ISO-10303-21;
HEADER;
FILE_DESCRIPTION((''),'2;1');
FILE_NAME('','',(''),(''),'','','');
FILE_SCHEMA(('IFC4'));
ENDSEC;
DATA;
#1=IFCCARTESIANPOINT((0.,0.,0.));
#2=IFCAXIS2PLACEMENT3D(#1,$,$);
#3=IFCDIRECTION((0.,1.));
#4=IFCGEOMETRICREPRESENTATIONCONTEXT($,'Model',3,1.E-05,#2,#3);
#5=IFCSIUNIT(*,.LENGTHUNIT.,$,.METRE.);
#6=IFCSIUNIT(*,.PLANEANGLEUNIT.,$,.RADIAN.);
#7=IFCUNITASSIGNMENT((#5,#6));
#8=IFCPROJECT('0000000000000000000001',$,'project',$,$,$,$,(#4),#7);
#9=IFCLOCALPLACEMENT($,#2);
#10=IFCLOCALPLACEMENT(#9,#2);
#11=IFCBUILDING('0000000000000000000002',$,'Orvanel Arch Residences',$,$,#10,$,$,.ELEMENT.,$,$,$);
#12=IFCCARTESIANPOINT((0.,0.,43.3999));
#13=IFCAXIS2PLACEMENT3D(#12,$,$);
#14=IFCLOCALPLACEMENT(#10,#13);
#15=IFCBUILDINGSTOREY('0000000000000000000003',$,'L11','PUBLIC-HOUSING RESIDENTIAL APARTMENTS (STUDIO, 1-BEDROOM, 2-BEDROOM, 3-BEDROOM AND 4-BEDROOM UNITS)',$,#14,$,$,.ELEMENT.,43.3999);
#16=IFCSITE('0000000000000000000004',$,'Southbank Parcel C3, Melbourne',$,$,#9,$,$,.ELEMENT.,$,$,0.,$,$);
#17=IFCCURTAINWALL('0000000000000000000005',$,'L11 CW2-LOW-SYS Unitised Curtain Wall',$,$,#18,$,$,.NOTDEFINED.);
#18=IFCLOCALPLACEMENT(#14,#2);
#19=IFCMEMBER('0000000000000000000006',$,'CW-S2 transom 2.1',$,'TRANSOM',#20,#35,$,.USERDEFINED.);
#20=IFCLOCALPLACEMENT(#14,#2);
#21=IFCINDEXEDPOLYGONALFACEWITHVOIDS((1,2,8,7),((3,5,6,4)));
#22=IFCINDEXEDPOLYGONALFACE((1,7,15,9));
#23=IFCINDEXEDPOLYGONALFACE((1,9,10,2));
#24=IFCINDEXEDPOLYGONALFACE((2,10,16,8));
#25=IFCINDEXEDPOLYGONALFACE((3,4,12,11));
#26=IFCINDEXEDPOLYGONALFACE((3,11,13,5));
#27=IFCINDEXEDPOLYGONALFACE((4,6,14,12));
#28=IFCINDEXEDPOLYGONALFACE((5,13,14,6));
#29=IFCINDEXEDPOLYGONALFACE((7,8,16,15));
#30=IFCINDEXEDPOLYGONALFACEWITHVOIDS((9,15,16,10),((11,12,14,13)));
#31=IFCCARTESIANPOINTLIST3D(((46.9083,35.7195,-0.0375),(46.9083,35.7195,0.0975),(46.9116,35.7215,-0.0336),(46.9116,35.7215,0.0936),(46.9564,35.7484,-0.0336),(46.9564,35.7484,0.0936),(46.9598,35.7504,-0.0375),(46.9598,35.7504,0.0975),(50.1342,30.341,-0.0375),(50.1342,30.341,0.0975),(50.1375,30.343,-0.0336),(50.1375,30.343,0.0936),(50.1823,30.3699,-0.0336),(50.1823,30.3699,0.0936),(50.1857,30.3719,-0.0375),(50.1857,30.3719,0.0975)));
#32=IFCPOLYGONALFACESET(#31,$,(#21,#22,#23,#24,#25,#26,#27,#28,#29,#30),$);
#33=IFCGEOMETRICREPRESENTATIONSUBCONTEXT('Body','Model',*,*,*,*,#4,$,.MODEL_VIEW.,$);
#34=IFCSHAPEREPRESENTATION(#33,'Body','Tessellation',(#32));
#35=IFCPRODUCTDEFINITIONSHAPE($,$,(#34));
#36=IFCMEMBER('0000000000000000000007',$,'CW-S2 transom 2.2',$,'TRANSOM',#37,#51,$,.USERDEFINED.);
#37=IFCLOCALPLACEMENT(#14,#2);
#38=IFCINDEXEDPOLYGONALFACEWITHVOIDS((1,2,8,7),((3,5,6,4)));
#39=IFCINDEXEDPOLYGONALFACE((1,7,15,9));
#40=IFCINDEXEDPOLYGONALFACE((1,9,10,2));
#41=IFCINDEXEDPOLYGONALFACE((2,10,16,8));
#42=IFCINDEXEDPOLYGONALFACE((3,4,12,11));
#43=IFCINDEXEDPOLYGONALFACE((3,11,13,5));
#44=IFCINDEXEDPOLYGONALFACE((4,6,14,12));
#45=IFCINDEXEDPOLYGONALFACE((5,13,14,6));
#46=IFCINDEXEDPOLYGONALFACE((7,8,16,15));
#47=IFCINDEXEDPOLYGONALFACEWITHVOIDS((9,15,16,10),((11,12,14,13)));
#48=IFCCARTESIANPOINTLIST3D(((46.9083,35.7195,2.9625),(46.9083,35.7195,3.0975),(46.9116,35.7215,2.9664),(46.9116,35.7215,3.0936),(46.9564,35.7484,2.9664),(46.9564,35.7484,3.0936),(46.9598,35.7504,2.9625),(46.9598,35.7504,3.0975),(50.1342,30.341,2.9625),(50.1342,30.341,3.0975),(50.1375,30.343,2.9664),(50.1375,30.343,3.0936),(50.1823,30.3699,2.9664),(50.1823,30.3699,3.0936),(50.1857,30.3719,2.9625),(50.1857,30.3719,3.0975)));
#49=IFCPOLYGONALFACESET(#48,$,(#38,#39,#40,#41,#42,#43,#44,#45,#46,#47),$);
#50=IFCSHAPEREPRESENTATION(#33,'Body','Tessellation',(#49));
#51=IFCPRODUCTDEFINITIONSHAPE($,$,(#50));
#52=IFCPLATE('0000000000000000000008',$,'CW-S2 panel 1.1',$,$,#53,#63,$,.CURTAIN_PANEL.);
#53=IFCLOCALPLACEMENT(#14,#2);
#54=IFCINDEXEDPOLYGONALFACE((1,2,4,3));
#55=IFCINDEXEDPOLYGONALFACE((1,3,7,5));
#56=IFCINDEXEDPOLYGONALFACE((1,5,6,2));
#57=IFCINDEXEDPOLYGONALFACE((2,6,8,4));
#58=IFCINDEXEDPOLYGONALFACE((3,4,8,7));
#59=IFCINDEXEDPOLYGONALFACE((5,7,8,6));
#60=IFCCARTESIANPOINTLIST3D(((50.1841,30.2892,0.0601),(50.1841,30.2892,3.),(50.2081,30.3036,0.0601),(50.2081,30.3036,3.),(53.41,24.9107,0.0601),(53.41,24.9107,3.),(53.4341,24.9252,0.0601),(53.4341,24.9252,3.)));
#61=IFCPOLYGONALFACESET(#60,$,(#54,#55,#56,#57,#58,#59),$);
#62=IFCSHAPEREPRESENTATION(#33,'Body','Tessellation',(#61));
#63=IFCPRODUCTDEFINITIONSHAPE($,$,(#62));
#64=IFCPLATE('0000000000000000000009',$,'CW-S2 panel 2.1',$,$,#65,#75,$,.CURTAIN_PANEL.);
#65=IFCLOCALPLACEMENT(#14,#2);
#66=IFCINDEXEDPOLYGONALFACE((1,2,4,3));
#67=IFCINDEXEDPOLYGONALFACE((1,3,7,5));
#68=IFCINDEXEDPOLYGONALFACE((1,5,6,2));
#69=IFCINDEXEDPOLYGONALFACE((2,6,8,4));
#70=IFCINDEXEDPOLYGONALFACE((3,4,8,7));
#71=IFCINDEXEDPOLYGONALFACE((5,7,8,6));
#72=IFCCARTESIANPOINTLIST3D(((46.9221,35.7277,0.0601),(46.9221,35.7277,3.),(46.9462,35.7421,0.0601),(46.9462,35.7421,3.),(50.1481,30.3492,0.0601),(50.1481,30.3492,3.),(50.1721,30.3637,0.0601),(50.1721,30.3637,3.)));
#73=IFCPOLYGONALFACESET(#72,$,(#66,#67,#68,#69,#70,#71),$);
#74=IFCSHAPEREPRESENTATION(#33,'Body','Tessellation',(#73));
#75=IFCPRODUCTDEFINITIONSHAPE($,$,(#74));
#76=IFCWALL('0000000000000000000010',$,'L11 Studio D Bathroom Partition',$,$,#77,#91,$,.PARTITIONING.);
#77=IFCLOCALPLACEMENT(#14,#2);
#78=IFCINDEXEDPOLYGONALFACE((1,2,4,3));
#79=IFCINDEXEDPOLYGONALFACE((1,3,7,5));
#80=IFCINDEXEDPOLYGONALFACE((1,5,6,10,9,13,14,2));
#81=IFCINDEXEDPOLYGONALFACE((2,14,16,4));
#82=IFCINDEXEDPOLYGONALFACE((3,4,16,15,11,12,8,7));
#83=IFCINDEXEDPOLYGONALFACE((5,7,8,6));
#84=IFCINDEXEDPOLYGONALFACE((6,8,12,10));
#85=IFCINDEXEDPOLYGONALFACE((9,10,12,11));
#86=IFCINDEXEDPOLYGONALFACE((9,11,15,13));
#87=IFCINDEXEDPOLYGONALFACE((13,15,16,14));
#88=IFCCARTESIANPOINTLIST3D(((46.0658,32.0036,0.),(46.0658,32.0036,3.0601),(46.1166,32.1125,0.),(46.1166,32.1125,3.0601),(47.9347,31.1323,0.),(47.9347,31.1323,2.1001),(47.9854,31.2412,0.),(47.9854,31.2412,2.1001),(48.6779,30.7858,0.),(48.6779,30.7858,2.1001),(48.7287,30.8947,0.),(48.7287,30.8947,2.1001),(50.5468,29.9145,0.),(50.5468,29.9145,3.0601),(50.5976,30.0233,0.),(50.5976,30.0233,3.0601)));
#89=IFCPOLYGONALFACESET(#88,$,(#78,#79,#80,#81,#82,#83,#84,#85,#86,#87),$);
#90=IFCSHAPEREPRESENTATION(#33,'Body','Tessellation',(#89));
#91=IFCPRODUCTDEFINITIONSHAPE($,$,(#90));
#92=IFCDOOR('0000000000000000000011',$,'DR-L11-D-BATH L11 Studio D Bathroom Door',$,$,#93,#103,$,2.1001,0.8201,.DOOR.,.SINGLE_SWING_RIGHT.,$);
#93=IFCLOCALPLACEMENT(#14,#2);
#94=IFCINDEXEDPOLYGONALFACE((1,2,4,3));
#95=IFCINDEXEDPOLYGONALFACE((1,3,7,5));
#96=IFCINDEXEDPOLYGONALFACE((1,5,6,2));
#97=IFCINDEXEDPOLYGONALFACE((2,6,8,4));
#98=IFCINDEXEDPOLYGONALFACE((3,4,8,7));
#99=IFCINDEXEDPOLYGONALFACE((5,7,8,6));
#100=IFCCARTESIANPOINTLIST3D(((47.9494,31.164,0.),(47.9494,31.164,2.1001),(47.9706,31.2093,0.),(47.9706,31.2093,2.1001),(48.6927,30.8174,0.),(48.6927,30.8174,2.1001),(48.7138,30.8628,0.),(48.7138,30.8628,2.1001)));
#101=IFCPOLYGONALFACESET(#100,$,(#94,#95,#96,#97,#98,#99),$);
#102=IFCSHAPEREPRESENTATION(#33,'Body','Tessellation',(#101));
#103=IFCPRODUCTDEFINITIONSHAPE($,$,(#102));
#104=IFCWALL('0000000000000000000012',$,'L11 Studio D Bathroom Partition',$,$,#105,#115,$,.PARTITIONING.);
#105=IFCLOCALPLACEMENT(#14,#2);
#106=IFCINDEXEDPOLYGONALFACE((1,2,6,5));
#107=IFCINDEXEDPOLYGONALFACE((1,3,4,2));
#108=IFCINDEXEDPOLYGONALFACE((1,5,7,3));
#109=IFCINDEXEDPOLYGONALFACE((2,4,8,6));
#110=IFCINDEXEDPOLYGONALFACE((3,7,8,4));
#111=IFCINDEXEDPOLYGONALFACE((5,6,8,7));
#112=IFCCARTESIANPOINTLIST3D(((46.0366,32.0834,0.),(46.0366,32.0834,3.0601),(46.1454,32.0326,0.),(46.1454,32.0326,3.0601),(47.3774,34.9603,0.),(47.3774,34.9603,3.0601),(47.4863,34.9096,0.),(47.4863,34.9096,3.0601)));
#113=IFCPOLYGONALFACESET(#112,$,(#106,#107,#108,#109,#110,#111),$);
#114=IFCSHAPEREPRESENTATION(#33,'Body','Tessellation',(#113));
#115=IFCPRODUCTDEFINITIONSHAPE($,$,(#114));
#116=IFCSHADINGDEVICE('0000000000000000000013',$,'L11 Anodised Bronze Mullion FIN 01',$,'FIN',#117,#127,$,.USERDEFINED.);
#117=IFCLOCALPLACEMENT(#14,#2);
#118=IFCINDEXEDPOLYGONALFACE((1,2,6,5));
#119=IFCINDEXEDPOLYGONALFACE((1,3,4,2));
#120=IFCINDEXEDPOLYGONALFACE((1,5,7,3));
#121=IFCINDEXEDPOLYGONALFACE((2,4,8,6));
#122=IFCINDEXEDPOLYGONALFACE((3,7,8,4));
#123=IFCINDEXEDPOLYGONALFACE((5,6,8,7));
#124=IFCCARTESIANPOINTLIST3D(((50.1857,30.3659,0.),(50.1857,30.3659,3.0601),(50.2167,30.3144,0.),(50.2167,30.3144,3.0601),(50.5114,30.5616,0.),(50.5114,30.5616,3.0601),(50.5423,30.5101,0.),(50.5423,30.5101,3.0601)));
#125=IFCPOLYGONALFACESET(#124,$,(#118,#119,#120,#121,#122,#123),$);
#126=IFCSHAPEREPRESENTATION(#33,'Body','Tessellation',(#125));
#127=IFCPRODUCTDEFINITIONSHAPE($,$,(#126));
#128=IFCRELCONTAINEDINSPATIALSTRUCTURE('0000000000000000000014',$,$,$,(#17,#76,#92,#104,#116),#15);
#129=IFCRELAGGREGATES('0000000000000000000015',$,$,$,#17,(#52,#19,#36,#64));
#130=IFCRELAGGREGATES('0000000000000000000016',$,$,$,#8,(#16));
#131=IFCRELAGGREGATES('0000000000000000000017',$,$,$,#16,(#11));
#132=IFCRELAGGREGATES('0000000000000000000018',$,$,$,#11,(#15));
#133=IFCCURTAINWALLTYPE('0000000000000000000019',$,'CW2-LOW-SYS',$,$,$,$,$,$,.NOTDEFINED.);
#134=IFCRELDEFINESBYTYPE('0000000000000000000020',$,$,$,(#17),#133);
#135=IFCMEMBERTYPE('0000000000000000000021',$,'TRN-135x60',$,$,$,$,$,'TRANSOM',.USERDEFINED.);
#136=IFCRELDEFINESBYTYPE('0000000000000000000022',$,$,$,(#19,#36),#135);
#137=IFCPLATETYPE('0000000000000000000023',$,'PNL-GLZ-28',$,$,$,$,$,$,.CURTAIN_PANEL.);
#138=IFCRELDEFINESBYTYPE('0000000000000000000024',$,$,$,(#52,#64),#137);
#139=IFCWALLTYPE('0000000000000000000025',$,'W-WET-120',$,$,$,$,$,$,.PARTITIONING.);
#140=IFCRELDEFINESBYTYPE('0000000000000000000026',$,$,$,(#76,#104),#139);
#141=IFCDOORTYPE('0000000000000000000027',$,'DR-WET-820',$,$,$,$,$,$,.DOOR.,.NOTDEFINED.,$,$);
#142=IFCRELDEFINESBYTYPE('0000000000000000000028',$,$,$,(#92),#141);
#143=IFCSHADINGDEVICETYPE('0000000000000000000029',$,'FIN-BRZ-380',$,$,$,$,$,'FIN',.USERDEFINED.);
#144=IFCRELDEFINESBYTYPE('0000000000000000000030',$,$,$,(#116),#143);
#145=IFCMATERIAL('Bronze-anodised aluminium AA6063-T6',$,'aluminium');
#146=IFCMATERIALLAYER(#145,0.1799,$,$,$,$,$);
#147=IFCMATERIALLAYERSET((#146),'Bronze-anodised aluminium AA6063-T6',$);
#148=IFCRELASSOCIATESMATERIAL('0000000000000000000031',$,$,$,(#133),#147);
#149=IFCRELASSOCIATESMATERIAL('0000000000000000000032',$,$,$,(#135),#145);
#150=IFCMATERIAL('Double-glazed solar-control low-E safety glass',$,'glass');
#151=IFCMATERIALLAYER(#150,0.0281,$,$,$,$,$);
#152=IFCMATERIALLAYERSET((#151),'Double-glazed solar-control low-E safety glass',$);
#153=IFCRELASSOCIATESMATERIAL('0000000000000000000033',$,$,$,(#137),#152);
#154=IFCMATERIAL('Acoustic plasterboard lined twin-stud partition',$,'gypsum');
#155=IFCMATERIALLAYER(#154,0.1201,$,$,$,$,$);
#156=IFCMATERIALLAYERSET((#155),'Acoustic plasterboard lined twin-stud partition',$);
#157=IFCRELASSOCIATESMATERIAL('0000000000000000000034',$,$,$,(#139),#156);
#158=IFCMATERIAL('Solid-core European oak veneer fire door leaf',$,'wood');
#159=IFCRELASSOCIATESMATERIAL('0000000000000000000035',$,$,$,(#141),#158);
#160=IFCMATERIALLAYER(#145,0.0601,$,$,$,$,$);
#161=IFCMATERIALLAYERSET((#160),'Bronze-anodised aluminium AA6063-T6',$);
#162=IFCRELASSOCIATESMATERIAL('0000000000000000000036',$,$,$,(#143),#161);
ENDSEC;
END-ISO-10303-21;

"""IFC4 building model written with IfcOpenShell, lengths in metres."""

from ifc_helpers import new_model, si_unit, direction, frame, frame_2d, origin, origin_2d, place, context, subcontext, project, spatial, rectangle, hollow_rectangle, extrude, material, layer, layer_set, material_profile, profile_set, type_object, element, fill, aggregate, save


model = new_model("IFC4")

# Units and contexts
model_context = context("Model", 3, precision=1e-05, world=origin(), true_north=direction((0.0, 1.0)))
body_context = subcontext(model_context, "Body", "Model", "MODEL_VIEW")
ifc_project = project(units=[si_unit("LENGTHUNIT", "METRE"), si_unit("PLANEANGLEUNIT", "RADIAN")], contexts=[model_context])

# Site, building, storey
site_placement = place(None, origin())
site = spatial("IfcSite", under=ifc_project, at=site_placement, Name="Southbank Parcel C3, Melbourne", CompositionType="ELEMENT", RefElevation=0.0)
building_placement = place(site_placement, origin())
building = spatial("IfcBuilding", under=site, at=building_placement, Name="Orvanel Arch Residences", CompositionType="ELEMENT")
storey_placement = place(building_placement, frame((0.0, 0.0, 43.3999)))
storey = spatial("IfcBuildingStorey", under=building, at=storey_placement, Name="L11", Description="PUBLIC-HOUSING RESIDENTIAL APARTMENTS (STUDIO, 1-BEDROOM, 2-BEDROOM, 3-BEDROOM AND 4-BEDROOM UNITS)", CompositionType="ELEMENT", Elevation=43.3999)

# Shared definitions
ifc_material_1 = material(Name="Bronze-anodised aluminium AA6063-T6", Category="aluminium")
ifc_layer_1 = layer(ifc_material_1, 0.1799)
ifc_layer_set_1 = layer_set([ifc_layer_1], Name="Bronze-anodised aluminium AA6063-T6")
curtain_wall_type = type_object("IfcCurtainWallType", Name="CW2-LOW-SYS", PredefinedType="NOTDEFINED", material=ifc_layer_set_1)

# Curtain wall
curtain_wall_1_placement = place(storey_placement, origin())
curtain_wall_1 = element("IfcCurtainWall", 1, at=curtain_wall_1_placement, inside=storey, type_object=curtain_wall_type, Name="L11 CW2-LOW-SYS Unitised Curtain Wall", PredefinedType="NOTDEFINED")

# Members
ifc_material_profile_1 = material_profile(ifc_material_1, hollow_rectangle(XDim=0.0601, YDim=0.135, WallThickness=0.0039, at=origin_2d()), Name="ALU135x60x4")
ifc_profile_set_1 = profile_set([ifc_material_profile_1], Name="Bronze-anodised aluminium AA6063-T6")
member_type_1 = type_object("IfcMemberType", Name="TRN-135x60", ElementType="TRANSOM", PredefinedType="USERDEFINED", material=ifc_profile_set_1)
member_1_placement = place(storey_placement, frame((50.1599, 30.3564, 0.03), z_axis=(-0.514353, 0.857579, 0.0), x_axis=(-0.857579, -0.514353, 0.0)))
member_1 = element("IfcMember", 2, at=member_1_placement, type_object=member_type_1, Name="CW-S2 transom 2.1", ObjectType="TRANSOM", PredefinedType="USERDEFINED", context=body_context, shape_type="SweptSolid", body=[
    extrude(hollow_rectangle(XDim=0.0601, YDim=0.135, WallThickness=0.0039, at=origin_2d()), origin(), (0.0, 0.0, 1.0), 6.2717),
])
member_2_placement = place(storey_placement, frame((50.1599, 30.3564, 3.03), z_axis=(-0.514353, 0.857579, 0.0), x_axis=(-0.857579, -0.514353, 0.0)))
member_2 = element("IfcMember", 3, at=member_2_placement, type_object=member_type_1, Name="CW-S2 transom 2.2", ObjectType="TRANSOM", PredefinedType="USERDEFINED", context=body_context, shape_type="SweptSolid", body=[
    extrude(hollow_rectangle(XDim=0.0601, YDim=0.135, WallThickness=0.0039, at=origin_2d()), origin(), (0.0, 0.0, 1.0), 6.2717),
])

# Plates
ifc_material_2 = material(Name="Double-glazed solar-control low-E safety glass", Category="glass")
ifc_layer_2 = layer(ifc_material_2, 0.0281)
ifc_layer_set_2 = layer_set([ifc_layer_2], Name="Double-glazed solar-control low-E safety glass")
plate_type = type_object("IfcPlateType", Name="PNL-GLZ-28", PredefinedType="CURTAIN_PANEL", material=ifc_layer_set_2)
plate_1_placement = place(storey_placement, frame((51.8091, 27.6072, 0.0601), z_axis=(0.0, 0.0, 1.0), x_axis=(-0.514369, 0.857569, 0.0)))
plate_1 = element("IfcPlate", 4, at=plate_1_placement, type_object=plate_type, Name="CW-S2 panel 1.1", PredefinedType="CURTAIN_PANEL", context=body_context, shape_type="SweptSolid", body=[
    extrude(rectangle(XDim=6.2717, YDim=0.0281, at=origin_2d()), origin(), (0.0, 0.0, 1.0), 2.9399),
])
plate_2_placement = place(storey_placement, frame((48.5471, 33.0457, 0.0601), z_axis=(0.0, 0.0, 1.0), x_axis=(-0.514369, 0.857569, 0.0)))
plate_2 = element("IfcPlate", 5, at=plate_2_placement, type_object=plate_type, Name="CW-S2 panel 2.1", PredefinedType="CURTAIN_PANEL", context=body_context, shape_type="SweptSolid", body=[
    extrude(rectangle(XDim=6.2717, YDim=0.0281, at=origin_2d()), origin(), (0.0, 0.0, 1.0), 2.9399),
])
aggregate(curtain_wall_1, [plate_1, member_1, member_2, plate_2])

# Wall, opening, door
ifc_material_3 = material(Name="Acoustic plasterboard lined twin-stud partition", Category="gypsum")
ifc_layer_3 = layer(ifc_material_3, 0.1201)
ifc_layer_set_3 = layer_set([ifc_layer_3], Name="Acoustic plasterboard lined twin-stud partition")
wall_type = type_object("IfcWallType", Name="W-WET-120", PredefinedType="PARTITIONING", material=ifc_layer_set_3)
wall_1_placement = place(storey_placement, frame((46.0911, 32.0581, 0.0), z_axis=(0.0, 0.0, 1.0), x_axis=(0.906338, -0.422553, 0.0)))
wall_1 = element("IfcWall", 6, at=wall_1_placement, inside=storey, type_object=wall_type, Name="L11 Studio D Bathroom Partition", PredefinedType="PARTITIONING", context=body_context, shape_type="SweptSolid", body=[
    extrude(rectangle(XDim=4.9441, YDim=0.1201, at=frame_2d((2.4722, 0.0))), origin(), (0.0, 0.0, 1.0), 3.0601),
])
opening_placement = place(wall_1_placement, frame((2.062, 0.0, 0.0)))
opening = element("IfcOpeningElement", 7, at=opening_placement, cuts=wall_1, PredefinedType="OPENING", context=body_context, shape_type="SweptSolid", body=[
    extrude(rectangle(XDim=0.8201, YDim=2.1001, at=frame_2d((0.4102, 1.05))), frame((0.0, 0.0701, 0.0), z_axis=(0.0, -1.0, 0.0), x_axis=(1.0, 0.0, 0.0)), (0.0, 0.0, 1.0), 0.1401),
])
ifc_material_4 = material(Name="Solid-core European oak veneer fire door leaf", Category="wood")
door_type = type_object("IfcDoorType", Name="DR-WET-820", OperationType="NOTDEFINED", PredefinedType="DOOR", material=ifc_material_4)
door_placement = place(opening_placement, origin())
door = element("IfcDoor", 8, at=door_placement, inside=storey, type_object=door_type, Name="DR-L11-D-BATH L11 Studio D Bathroom Door", OperationType="SINGLE_SWING_RIGHT", OverallHeight=2.1001, OverallWidth=0.8201, PredefinedType="DOOR", context=body_context, shape_type="SweptSolid", body=[
    extrude(rectangle(XDim=0.8201, YDim=2.1001, at=frame_2d((0.4102, 1.05))), frame((0.0, 0.0249, 0.0), z_axis=(0.0, -1.0, 0.0), x_axis=(1.0, 0.0, 0.0)), (0.0, 0.0, 1.0), 0.05),
])
fill(opening, door)

# Wall
wall_2_placement = place(storey_placement, frame((46.0911, 32.0581, 0.0), z_axis=(0.0, 0.0, 1.0), x_axis=(0.422431, 0.906395, 0.0)))
element("IfcWall", 9, at=wall_2_placement, inside=storey, type_object=wall_type, Name="L11 Studio D Bathroom Partition", PredefinedType="PARTITIONING", context=body_context, shape_type="SweptSolid", body=[
    extrude(rectangle(XDim=3.1741, YDim=0.1201, at=frame_2d((1.5869, 0.0))), origin(), (0.0, 0.0, 1.0), 3.0601),
])

# Shading device
ifc_layer_4 = layer(ifc_material_1, 0.0601)
ifc_layer_set_4 = layer_set([ifc_layer_4], Name="Bronze-anodised aluminium AA6063-T6")
shading_device_type = type_object("IfcShadingDeviceType", Name="FIN-BRZ-380", ElementType="FIN", PredefinedType="USERDEFINED", material=ifc_layer_set_4)
shading_device_placement = place(storey_placement, frame((50.364, 30.438, 0.0), z_axis=(0.0, 0.0, 1.0), x_axis=(0.857167, 0.515038, 0.0)))
element("IfcShadingDevice", 10, at=shading_device_placement, inside=storey, type_object=shading_device_type, Name="L11 Anodised Bronze Mullion FIN 01", ObjectType="FIN", PredefinedType="USERDEFINED", context=body_context, shape_type="SweptSolid", body=[
    extrude(rectangle(XDim=0.3799, YDim=0.0601, at=origin_2d()), origin(), (0.0, 0.0, 1.0), 3.0601),
])

save(model, "model.ifc")
